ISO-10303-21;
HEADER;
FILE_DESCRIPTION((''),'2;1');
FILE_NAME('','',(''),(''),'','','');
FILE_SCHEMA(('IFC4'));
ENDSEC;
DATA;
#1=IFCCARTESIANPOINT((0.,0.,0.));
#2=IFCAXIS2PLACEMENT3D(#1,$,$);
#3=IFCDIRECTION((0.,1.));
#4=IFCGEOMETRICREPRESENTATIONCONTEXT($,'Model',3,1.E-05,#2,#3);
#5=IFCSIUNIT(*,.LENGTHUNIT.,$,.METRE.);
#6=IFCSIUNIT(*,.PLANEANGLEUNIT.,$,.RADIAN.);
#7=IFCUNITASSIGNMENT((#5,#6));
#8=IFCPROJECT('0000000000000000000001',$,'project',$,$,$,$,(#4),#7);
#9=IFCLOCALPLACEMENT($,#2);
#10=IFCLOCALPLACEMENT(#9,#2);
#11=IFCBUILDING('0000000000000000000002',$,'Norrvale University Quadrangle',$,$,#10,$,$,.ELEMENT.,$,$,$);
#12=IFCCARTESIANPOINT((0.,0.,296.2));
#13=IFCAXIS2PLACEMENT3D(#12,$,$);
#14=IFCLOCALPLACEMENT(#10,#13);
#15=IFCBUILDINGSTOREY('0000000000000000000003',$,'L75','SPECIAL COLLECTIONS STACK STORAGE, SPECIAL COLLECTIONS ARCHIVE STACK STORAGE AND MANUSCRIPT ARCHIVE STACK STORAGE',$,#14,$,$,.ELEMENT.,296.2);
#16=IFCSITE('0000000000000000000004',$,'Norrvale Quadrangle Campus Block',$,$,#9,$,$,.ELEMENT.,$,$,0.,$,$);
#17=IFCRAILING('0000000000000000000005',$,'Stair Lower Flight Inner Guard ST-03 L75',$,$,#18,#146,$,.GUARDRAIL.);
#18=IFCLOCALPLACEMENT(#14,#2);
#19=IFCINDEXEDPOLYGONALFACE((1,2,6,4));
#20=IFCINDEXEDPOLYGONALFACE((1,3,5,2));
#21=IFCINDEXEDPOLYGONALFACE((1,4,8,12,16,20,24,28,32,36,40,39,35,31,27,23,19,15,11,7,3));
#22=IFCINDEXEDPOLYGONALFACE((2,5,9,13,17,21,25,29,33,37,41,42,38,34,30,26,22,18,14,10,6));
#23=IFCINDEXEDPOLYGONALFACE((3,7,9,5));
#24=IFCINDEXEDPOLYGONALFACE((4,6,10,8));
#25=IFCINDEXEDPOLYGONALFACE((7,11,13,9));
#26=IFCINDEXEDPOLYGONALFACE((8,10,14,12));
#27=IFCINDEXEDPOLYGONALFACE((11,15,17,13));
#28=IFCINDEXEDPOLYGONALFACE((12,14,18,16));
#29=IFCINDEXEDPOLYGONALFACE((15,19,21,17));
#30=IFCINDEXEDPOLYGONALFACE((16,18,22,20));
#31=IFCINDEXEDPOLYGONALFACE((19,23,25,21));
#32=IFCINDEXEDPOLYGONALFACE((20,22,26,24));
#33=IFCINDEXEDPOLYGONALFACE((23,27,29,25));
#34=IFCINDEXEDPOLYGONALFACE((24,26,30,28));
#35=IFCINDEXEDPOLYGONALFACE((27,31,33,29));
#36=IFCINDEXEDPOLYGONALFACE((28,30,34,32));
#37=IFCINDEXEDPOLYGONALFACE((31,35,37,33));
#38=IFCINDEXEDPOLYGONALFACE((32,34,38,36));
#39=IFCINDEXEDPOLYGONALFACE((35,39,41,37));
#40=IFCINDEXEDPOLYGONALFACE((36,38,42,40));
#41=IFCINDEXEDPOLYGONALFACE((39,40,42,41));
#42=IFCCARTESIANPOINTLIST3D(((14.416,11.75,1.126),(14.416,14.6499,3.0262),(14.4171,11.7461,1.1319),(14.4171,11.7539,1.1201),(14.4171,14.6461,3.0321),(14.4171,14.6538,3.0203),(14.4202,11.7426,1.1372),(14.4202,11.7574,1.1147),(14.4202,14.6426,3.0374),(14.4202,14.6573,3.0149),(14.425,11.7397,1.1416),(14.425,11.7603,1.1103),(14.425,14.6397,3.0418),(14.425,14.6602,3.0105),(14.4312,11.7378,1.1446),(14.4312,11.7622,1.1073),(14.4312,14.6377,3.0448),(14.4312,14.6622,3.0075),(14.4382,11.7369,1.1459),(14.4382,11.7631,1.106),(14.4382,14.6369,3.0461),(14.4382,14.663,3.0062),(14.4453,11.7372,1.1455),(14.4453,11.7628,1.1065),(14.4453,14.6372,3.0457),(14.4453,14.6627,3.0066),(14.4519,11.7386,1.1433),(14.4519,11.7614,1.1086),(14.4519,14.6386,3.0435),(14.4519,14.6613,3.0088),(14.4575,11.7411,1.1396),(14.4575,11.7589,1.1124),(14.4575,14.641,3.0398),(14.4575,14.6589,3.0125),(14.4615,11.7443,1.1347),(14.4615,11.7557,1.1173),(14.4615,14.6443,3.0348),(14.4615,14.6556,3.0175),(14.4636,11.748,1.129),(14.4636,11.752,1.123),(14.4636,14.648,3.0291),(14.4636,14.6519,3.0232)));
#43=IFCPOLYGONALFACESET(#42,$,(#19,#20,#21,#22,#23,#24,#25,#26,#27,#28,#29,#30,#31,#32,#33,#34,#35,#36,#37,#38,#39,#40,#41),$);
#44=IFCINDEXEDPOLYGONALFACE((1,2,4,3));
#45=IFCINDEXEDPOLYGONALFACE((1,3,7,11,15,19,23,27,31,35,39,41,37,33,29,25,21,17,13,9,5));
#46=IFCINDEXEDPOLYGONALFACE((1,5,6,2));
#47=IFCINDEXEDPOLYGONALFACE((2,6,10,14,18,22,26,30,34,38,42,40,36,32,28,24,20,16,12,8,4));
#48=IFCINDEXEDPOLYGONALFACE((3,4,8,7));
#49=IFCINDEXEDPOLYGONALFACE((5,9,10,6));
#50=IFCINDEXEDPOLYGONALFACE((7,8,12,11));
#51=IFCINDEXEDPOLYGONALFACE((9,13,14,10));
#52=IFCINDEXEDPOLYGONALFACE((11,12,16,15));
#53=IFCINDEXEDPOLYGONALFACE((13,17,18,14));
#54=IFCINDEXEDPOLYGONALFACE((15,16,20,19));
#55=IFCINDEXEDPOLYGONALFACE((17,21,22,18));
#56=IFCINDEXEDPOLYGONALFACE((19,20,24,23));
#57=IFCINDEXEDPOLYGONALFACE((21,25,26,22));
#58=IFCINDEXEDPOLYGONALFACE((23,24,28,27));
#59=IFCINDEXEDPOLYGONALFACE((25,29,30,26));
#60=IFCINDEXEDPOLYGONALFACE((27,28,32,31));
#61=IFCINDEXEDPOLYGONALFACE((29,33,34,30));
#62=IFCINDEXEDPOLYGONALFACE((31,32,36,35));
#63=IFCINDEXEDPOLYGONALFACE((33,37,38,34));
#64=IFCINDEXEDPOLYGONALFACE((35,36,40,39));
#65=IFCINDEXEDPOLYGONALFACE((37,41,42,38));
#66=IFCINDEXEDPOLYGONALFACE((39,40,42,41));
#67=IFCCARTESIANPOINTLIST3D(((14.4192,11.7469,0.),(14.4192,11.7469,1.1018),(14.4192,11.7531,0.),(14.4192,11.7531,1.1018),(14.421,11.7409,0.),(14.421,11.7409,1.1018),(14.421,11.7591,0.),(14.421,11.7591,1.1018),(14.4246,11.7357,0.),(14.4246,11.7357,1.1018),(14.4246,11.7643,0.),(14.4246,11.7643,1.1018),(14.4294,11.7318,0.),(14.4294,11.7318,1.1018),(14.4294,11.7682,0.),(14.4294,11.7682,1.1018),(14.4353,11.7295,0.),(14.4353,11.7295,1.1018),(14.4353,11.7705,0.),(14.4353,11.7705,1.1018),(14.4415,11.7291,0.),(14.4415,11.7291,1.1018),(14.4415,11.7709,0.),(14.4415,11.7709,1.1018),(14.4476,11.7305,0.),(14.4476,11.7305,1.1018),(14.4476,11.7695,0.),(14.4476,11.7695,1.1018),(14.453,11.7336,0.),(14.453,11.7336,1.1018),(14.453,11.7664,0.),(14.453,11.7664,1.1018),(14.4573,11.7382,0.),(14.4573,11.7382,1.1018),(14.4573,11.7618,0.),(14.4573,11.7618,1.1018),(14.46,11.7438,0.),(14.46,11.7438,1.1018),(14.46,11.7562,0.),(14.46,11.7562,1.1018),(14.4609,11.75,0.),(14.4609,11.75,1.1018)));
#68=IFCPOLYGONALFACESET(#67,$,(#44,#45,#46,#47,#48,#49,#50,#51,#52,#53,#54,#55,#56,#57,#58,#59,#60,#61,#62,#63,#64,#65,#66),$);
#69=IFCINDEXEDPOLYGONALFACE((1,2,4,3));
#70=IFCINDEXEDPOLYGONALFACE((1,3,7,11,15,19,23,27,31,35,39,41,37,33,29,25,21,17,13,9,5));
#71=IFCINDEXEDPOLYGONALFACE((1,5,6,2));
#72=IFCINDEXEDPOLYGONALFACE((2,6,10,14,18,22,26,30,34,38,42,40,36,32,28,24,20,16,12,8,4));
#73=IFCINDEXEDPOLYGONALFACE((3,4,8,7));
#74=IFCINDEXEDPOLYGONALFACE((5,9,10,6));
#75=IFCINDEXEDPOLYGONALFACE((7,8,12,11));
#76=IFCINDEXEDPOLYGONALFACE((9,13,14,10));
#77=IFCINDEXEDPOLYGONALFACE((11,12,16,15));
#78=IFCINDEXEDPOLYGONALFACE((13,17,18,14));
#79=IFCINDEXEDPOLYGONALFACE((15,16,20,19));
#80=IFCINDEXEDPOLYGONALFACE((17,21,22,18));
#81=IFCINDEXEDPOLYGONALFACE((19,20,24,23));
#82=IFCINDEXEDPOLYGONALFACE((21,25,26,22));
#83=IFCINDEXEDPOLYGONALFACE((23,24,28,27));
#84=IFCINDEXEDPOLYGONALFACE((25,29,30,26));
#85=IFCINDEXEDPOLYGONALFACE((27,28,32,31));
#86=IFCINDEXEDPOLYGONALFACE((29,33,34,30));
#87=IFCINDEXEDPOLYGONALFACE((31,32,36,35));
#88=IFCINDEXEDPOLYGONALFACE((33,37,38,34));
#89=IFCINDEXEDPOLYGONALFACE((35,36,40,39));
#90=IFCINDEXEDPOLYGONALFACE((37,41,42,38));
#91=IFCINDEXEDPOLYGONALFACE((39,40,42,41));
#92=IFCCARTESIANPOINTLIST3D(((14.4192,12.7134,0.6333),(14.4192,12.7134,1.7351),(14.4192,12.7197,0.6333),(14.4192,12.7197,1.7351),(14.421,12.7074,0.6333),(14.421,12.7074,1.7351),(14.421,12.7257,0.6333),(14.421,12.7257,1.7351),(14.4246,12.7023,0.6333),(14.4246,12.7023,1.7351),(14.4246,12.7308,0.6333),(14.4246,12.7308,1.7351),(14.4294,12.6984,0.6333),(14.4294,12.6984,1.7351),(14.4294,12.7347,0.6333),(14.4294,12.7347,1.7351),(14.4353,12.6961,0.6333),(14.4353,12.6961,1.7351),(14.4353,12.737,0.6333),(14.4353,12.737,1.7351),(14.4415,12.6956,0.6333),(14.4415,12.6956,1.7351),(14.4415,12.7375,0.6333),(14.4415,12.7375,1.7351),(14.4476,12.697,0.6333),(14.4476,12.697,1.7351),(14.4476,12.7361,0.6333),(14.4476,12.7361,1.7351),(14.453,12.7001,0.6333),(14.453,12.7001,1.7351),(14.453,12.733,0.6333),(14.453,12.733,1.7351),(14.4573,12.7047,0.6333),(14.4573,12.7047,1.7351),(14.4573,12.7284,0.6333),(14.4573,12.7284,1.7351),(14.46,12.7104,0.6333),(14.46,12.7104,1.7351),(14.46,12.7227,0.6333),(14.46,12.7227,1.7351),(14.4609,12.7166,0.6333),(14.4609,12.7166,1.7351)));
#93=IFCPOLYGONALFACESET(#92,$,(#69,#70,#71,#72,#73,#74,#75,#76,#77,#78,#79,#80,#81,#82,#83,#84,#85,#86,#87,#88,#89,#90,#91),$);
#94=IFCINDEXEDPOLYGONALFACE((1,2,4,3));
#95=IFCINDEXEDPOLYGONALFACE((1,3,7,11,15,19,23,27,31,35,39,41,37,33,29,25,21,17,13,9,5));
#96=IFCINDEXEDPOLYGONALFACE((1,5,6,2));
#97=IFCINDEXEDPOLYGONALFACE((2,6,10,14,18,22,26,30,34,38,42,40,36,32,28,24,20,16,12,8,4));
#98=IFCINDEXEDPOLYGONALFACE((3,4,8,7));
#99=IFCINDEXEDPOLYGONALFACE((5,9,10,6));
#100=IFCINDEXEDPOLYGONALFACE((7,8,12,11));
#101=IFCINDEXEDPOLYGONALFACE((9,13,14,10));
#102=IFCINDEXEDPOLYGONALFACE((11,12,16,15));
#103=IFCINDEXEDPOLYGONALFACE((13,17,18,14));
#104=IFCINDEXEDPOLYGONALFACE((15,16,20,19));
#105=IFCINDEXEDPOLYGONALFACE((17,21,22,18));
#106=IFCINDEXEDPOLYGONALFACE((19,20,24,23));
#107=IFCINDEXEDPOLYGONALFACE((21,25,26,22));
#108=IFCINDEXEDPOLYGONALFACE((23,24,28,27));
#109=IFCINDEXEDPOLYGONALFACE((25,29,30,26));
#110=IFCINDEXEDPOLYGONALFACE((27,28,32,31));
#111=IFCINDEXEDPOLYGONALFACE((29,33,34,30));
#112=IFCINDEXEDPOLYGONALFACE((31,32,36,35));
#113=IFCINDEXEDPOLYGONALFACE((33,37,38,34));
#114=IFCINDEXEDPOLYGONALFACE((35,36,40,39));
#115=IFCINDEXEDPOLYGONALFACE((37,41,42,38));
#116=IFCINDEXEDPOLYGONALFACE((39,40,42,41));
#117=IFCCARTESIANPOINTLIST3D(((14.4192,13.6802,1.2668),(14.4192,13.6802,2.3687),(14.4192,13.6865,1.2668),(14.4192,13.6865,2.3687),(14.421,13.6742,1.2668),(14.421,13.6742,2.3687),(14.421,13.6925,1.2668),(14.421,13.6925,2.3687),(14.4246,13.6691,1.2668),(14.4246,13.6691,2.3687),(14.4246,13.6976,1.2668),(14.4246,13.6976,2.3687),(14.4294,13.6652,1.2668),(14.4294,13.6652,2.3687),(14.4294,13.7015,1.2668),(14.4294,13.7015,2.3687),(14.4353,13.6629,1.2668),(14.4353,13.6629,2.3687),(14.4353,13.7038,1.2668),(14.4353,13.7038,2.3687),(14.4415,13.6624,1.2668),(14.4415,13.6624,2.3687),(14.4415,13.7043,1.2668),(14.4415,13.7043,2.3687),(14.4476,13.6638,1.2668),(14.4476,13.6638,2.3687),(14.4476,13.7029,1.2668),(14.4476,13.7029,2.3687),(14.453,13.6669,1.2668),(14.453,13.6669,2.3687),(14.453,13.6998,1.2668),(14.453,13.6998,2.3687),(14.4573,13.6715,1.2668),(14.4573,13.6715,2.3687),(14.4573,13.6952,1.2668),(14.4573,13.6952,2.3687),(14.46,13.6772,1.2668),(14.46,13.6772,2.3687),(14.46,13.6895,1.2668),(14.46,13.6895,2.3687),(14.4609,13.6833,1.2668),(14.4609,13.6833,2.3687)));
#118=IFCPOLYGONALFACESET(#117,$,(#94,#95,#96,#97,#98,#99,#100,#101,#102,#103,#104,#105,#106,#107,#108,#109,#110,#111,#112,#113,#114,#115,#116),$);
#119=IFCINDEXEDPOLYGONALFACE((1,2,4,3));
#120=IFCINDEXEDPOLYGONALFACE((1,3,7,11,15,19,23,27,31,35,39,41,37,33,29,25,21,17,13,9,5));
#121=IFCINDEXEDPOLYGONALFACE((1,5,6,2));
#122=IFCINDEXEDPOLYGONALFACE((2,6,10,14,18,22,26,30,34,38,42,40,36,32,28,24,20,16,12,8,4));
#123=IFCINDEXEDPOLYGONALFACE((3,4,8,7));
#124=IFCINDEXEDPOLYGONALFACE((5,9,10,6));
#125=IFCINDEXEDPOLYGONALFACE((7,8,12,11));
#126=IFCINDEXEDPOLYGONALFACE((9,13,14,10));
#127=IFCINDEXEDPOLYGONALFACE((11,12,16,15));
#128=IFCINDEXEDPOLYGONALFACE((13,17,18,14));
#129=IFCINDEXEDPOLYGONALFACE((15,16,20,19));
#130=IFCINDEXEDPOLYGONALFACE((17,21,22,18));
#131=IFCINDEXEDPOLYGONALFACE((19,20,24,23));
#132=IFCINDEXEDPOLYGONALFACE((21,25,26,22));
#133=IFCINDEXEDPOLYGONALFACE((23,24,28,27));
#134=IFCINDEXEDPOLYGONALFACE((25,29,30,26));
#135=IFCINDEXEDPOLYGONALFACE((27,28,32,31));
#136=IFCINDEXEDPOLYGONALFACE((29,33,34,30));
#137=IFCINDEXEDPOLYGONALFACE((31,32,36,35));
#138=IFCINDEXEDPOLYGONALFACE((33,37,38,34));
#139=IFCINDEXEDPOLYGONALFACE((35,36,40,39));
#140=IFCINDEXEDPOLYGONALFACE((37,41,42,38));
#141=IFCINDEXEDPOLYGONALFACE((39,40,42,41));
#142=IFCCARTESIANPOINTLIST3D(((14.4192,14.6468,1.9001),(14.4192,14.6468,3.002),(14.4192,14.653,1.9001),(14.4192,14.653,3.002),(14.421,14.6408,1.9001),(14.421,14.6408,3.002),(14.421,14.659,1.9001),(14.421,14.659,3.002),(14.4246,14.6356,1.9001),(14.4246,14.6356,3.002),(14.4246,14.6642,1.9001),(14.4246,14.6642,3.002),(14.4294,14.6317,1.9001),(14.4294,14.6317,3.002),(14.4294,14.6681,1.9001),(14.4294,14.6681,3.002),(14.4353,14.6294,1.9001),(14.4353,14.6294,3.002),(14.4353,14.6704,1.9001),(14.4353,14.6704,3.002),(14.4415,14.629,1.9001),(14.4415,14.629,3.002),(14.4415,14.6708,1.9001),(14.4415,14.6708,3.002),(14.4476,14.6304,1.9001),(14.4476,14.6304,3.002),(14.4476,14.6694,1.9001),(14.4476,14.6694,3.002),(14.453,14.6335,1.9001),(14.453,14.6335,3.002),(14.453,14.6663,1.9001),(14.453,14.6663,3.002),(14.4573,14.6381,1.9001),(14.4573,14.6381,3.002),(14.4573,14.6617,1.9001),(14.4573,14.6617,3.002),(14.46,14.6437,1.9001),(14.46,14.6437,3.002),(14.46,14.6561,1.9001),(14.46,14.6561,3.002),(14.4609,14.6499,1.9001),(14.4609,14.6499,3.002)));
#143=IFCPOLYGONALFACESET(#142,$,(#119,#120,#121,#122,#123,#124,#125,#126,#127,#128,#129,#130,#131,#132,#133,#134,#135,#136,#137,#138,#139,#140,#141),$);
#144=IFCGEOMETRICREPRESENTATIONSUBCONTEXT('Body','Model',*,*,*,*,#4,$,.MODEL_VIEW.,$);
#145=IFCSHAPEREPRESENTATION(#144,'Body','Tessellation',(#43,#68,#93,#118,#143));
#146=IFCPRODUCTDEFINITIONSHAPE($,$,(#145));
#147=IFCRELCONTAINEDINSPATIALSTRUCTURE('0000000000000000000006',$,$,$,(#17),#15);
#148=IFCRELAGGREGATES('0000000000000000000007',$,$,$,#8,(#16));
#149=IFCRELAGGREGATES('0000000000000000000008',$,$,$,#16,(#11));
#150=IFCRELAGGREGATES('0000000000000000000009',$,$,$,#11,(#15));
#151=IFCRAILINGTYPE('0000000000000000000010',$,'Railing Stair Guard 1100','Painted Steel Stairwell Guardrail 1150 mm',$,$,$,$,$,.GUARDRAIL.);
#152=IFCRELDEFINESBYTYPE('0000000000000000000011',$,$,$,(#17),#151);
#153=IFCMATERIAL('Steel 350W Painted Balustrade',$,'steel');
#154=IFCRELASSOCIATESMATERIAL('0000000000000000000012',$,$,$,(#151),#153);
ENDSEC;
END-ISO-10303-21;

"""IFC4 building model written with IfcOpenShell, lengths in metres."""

from ifc_helpers import new_model, si_unit, direction, frame, origin, origin_2d, place, context, subcontext, project, spatial, circle, extrude, material, type_object, element, save


model = new_model("IFC4")

# Units and contexts
model_context = context("Model", 3, precision=1e-05, world=origin(), true_north=direction((0.0, 1.0)))
body_context = subcontext(model_context, "Body", "Model", "MODEL_VIEW")
ifc_project = project(units=[si_unit("LENGTHUNIT", "METRE"), si_unit("PLANEANGLEUNIT", "RADIAN")], contexts=[model_context])

# Site, building, storey
site_placement = place(None, origin())
site = spatial("IfcSite", under=ifc_project, at=site_placement, Name="Norrvale Quadrangle Campus Block", CompositionType="ELEMENT", RefElevation=0.0)
building_placement = place(site_placement, origin())
building = spatial("IfcBuilding", under=site, at=building_placement, Name="Norrvale University Quadrangle", CompositionType="ELEMENT")
storey_placement = place(building_placement, frame((0.0, 0.0, 296.2)))
storey = spatial("IfcBuildingStorey", under=building, at=storey_placement, Name="L75", Description="SPECIAL COLLECTIONS STACK STORAGE, SPECIAL COLLECTIONS ARCHIVE STACK STORAGE AND MANUSCRIPT ARCHIVE STACK STORAGE", CompositionType="ELEMENT", Elevation=296.2)

# Railing
ifc_material_1 = material(Name="Steel 350W Painted Balustrade", Category="steel")
railing_type_1 = type_object("IfcRailingType", Name="Railing Stair Guard 1100", Description="Painted Steel Stairwell Guardrail 1150 mm", PredefinedType="GUARDRAIL", material=ifc_material_1)
railing_1_placement = place(storey_placement, frame((14.4399, 11.75, 0.0)))
element("IfcRailing", 1, at=railing_1_placement, inside=storey, type_object=railing_type_1, Name="Stair Lower Flight Inner Guard ST-03 L75", PredefinedType="GUARDRAIL", context=body_context, shape_type="SweptSolid", body=[
    extrude(circle(Radius=0.0239, at=origin_2d()), frame((0.0, 0.0, 1.126), z_axis=(0.0, 0.836433, 0.548069), x_axis=(-1.0, 0.0, 0.0)), (0.0, 0.0, 1.0), 3.467),
    extrude(circle(Radius=0.021, at=origin_2d()), origin(), (0.0, 0.0, 1.0), 1.1018),
    extrude(circle(Radius=0.021, at=origin_2d()), frame((0.0, 0.9666, 0.6333)), (0.0, 0.0, 1.0), 1.1018),
    extrude(circle(Radius=0.021, at=origin_2d()), frame((0.0, 1.9333, 1.2668)), (0.0, 0.0, 1.0), 1.1018),
    extrude(circle(Radius=0.021, at=origin_2d()), frame((0.0, 2.8999, 1.9001)), (0.0, 0.0, 1.0), 1.1018),
])

save(model, "model.ifc")
